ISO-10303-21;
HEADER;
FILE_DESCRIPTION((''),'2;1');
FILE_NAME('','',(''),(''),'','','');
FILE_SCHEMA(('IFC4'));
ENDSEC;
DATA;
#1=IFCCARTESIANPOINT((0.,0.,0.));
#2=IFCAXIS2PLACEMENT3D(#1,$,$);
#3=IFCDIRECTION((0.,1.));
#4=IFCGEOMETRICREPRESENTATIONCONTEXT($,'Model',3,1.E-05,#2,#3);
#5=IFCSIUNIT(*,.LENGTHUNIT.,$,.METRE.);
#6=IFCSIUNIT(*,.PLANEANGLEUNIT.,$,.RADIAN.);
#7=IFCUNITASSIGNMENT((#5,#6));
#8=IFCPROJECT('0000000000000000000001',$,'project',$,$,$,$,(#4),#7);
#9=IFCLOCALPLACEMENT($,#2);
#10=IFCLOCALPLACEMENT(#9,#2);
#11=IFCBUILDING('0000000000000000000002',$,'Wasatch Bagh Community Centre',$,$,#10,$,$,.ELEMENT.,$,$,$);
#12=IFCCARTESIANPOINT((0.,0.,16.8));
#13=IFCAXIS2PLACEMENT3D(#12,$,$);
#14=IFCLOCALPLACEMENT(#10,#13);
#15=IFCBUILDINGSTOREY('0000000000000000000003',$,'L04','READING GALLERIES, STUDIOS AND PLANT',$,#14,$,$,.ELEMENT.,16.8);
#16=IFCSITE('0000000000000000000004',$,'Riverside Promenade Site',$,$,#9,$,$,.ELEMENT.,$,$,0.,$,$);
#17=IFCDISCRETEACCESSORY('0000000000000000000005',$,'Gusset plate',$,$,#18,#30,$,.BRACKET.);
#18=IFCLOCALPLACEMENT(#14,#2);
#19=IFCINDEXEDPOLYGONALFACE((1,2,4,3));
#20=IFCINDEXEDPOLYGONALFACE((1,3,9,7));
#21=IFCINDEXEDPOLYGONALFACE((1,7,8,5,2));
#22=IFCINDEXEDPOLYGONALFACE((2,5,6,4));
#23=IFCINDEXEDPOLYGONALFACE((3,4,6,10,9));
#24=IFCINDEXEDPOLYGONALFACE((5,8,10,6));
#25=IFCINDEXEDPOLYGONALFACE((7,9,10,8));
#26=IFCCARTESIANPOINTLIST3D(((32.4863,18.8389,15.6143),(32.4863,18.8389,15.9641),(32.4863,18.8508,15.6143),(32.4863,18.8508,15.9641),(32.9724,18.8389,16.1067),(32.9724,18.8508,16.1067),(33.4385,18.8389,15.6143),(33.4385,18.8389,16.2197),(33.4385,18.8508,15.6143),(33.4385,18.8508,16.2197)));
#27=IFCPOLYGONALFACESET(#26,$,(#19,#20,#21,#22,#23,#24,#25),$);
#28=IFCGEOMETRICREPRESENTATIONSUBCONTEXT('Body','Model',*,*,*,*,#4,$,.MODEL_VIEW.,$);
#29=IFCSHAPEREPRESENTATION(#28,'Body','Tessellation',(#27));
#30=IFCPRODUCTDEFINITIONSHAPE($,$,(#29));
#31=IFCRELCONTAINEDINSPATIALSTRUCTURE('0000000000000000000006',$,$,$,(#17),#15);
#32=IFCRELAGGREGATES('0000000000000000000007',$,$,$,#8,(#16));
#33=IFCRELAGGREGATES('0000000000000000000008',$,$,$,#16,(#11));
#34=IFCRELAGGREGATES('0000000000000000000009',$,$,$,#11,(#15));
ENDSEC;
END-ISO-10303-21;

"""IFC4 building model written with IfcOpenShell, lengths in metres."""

from ifc_helpers import new_model, si_unit, direction, frame, origin, place, context, subcontext, project, spatial, polyline, outline, extrude, element, save


model = new_model("IFC4")

# Units and contexts
model_context = context("Model", 3, precision=1e-05, world=origin(), true_north=direction((0.0, 1.0)))
body_context = subcontext(model_context, "Body", "Model", "MODEL_VIEW")
ifc_project = project(units=[si_unit("LENGTHUNIT", "METRE"), si_unit("PLANEANGLEUNIT", "RADIAN")], contexts=[model_context])

# Site, building, storey
site_placement = place(None, origin())
site = spatial("IfcSite", under=ifc_project, at=site_placement, Name="Riverside Promenade Site", CompositionType="ELEMENT", RefElevation=0.0)
building_placement = place(site_placement, origin())
building = spatial("IfcBuilding", under=site, at=building_placement, Name="Wasatch Bagh Community Centre", CompositionType="ELEMENT")
storey_placement = place(building_placement, frame((0.0, 0.0, 16.8)))
storey = spatial("IfcBuildingStorey", under=building, at=storey_placement, Name="L04", Description="READING GALLERIES, STUDIOS AND PLANT", CompositionType="ELEMENT", Elevation=16.8)

# Discrete accessory
discrete_accessory_1_placement = place(storey_placement, frame((32.4863, 18.8508, 15.9641), z_axis=(0.0, 1.0, 0.0), x_axis=(0.959572, 0.0, 0.281462)))
element("IfcDiscreteAccessory", 1, at=discrete_accessory_1_placement, inside=storey, Name="Gusset plate", PredefinedType="BRACKET", context=body_context, shape_type="SweptSolid", body=[
    extrude(outline(polyline([(0.0, 0.0), (0.5066, 0.0), (0.9856, 0.0227), (0.8152, 0.6037), (-0.0985, 0.3357), (0.0, 0.0)])), origin(), (0.0, 0.0, -1.0), 0.012),
])

save(model, "model.ifc")
